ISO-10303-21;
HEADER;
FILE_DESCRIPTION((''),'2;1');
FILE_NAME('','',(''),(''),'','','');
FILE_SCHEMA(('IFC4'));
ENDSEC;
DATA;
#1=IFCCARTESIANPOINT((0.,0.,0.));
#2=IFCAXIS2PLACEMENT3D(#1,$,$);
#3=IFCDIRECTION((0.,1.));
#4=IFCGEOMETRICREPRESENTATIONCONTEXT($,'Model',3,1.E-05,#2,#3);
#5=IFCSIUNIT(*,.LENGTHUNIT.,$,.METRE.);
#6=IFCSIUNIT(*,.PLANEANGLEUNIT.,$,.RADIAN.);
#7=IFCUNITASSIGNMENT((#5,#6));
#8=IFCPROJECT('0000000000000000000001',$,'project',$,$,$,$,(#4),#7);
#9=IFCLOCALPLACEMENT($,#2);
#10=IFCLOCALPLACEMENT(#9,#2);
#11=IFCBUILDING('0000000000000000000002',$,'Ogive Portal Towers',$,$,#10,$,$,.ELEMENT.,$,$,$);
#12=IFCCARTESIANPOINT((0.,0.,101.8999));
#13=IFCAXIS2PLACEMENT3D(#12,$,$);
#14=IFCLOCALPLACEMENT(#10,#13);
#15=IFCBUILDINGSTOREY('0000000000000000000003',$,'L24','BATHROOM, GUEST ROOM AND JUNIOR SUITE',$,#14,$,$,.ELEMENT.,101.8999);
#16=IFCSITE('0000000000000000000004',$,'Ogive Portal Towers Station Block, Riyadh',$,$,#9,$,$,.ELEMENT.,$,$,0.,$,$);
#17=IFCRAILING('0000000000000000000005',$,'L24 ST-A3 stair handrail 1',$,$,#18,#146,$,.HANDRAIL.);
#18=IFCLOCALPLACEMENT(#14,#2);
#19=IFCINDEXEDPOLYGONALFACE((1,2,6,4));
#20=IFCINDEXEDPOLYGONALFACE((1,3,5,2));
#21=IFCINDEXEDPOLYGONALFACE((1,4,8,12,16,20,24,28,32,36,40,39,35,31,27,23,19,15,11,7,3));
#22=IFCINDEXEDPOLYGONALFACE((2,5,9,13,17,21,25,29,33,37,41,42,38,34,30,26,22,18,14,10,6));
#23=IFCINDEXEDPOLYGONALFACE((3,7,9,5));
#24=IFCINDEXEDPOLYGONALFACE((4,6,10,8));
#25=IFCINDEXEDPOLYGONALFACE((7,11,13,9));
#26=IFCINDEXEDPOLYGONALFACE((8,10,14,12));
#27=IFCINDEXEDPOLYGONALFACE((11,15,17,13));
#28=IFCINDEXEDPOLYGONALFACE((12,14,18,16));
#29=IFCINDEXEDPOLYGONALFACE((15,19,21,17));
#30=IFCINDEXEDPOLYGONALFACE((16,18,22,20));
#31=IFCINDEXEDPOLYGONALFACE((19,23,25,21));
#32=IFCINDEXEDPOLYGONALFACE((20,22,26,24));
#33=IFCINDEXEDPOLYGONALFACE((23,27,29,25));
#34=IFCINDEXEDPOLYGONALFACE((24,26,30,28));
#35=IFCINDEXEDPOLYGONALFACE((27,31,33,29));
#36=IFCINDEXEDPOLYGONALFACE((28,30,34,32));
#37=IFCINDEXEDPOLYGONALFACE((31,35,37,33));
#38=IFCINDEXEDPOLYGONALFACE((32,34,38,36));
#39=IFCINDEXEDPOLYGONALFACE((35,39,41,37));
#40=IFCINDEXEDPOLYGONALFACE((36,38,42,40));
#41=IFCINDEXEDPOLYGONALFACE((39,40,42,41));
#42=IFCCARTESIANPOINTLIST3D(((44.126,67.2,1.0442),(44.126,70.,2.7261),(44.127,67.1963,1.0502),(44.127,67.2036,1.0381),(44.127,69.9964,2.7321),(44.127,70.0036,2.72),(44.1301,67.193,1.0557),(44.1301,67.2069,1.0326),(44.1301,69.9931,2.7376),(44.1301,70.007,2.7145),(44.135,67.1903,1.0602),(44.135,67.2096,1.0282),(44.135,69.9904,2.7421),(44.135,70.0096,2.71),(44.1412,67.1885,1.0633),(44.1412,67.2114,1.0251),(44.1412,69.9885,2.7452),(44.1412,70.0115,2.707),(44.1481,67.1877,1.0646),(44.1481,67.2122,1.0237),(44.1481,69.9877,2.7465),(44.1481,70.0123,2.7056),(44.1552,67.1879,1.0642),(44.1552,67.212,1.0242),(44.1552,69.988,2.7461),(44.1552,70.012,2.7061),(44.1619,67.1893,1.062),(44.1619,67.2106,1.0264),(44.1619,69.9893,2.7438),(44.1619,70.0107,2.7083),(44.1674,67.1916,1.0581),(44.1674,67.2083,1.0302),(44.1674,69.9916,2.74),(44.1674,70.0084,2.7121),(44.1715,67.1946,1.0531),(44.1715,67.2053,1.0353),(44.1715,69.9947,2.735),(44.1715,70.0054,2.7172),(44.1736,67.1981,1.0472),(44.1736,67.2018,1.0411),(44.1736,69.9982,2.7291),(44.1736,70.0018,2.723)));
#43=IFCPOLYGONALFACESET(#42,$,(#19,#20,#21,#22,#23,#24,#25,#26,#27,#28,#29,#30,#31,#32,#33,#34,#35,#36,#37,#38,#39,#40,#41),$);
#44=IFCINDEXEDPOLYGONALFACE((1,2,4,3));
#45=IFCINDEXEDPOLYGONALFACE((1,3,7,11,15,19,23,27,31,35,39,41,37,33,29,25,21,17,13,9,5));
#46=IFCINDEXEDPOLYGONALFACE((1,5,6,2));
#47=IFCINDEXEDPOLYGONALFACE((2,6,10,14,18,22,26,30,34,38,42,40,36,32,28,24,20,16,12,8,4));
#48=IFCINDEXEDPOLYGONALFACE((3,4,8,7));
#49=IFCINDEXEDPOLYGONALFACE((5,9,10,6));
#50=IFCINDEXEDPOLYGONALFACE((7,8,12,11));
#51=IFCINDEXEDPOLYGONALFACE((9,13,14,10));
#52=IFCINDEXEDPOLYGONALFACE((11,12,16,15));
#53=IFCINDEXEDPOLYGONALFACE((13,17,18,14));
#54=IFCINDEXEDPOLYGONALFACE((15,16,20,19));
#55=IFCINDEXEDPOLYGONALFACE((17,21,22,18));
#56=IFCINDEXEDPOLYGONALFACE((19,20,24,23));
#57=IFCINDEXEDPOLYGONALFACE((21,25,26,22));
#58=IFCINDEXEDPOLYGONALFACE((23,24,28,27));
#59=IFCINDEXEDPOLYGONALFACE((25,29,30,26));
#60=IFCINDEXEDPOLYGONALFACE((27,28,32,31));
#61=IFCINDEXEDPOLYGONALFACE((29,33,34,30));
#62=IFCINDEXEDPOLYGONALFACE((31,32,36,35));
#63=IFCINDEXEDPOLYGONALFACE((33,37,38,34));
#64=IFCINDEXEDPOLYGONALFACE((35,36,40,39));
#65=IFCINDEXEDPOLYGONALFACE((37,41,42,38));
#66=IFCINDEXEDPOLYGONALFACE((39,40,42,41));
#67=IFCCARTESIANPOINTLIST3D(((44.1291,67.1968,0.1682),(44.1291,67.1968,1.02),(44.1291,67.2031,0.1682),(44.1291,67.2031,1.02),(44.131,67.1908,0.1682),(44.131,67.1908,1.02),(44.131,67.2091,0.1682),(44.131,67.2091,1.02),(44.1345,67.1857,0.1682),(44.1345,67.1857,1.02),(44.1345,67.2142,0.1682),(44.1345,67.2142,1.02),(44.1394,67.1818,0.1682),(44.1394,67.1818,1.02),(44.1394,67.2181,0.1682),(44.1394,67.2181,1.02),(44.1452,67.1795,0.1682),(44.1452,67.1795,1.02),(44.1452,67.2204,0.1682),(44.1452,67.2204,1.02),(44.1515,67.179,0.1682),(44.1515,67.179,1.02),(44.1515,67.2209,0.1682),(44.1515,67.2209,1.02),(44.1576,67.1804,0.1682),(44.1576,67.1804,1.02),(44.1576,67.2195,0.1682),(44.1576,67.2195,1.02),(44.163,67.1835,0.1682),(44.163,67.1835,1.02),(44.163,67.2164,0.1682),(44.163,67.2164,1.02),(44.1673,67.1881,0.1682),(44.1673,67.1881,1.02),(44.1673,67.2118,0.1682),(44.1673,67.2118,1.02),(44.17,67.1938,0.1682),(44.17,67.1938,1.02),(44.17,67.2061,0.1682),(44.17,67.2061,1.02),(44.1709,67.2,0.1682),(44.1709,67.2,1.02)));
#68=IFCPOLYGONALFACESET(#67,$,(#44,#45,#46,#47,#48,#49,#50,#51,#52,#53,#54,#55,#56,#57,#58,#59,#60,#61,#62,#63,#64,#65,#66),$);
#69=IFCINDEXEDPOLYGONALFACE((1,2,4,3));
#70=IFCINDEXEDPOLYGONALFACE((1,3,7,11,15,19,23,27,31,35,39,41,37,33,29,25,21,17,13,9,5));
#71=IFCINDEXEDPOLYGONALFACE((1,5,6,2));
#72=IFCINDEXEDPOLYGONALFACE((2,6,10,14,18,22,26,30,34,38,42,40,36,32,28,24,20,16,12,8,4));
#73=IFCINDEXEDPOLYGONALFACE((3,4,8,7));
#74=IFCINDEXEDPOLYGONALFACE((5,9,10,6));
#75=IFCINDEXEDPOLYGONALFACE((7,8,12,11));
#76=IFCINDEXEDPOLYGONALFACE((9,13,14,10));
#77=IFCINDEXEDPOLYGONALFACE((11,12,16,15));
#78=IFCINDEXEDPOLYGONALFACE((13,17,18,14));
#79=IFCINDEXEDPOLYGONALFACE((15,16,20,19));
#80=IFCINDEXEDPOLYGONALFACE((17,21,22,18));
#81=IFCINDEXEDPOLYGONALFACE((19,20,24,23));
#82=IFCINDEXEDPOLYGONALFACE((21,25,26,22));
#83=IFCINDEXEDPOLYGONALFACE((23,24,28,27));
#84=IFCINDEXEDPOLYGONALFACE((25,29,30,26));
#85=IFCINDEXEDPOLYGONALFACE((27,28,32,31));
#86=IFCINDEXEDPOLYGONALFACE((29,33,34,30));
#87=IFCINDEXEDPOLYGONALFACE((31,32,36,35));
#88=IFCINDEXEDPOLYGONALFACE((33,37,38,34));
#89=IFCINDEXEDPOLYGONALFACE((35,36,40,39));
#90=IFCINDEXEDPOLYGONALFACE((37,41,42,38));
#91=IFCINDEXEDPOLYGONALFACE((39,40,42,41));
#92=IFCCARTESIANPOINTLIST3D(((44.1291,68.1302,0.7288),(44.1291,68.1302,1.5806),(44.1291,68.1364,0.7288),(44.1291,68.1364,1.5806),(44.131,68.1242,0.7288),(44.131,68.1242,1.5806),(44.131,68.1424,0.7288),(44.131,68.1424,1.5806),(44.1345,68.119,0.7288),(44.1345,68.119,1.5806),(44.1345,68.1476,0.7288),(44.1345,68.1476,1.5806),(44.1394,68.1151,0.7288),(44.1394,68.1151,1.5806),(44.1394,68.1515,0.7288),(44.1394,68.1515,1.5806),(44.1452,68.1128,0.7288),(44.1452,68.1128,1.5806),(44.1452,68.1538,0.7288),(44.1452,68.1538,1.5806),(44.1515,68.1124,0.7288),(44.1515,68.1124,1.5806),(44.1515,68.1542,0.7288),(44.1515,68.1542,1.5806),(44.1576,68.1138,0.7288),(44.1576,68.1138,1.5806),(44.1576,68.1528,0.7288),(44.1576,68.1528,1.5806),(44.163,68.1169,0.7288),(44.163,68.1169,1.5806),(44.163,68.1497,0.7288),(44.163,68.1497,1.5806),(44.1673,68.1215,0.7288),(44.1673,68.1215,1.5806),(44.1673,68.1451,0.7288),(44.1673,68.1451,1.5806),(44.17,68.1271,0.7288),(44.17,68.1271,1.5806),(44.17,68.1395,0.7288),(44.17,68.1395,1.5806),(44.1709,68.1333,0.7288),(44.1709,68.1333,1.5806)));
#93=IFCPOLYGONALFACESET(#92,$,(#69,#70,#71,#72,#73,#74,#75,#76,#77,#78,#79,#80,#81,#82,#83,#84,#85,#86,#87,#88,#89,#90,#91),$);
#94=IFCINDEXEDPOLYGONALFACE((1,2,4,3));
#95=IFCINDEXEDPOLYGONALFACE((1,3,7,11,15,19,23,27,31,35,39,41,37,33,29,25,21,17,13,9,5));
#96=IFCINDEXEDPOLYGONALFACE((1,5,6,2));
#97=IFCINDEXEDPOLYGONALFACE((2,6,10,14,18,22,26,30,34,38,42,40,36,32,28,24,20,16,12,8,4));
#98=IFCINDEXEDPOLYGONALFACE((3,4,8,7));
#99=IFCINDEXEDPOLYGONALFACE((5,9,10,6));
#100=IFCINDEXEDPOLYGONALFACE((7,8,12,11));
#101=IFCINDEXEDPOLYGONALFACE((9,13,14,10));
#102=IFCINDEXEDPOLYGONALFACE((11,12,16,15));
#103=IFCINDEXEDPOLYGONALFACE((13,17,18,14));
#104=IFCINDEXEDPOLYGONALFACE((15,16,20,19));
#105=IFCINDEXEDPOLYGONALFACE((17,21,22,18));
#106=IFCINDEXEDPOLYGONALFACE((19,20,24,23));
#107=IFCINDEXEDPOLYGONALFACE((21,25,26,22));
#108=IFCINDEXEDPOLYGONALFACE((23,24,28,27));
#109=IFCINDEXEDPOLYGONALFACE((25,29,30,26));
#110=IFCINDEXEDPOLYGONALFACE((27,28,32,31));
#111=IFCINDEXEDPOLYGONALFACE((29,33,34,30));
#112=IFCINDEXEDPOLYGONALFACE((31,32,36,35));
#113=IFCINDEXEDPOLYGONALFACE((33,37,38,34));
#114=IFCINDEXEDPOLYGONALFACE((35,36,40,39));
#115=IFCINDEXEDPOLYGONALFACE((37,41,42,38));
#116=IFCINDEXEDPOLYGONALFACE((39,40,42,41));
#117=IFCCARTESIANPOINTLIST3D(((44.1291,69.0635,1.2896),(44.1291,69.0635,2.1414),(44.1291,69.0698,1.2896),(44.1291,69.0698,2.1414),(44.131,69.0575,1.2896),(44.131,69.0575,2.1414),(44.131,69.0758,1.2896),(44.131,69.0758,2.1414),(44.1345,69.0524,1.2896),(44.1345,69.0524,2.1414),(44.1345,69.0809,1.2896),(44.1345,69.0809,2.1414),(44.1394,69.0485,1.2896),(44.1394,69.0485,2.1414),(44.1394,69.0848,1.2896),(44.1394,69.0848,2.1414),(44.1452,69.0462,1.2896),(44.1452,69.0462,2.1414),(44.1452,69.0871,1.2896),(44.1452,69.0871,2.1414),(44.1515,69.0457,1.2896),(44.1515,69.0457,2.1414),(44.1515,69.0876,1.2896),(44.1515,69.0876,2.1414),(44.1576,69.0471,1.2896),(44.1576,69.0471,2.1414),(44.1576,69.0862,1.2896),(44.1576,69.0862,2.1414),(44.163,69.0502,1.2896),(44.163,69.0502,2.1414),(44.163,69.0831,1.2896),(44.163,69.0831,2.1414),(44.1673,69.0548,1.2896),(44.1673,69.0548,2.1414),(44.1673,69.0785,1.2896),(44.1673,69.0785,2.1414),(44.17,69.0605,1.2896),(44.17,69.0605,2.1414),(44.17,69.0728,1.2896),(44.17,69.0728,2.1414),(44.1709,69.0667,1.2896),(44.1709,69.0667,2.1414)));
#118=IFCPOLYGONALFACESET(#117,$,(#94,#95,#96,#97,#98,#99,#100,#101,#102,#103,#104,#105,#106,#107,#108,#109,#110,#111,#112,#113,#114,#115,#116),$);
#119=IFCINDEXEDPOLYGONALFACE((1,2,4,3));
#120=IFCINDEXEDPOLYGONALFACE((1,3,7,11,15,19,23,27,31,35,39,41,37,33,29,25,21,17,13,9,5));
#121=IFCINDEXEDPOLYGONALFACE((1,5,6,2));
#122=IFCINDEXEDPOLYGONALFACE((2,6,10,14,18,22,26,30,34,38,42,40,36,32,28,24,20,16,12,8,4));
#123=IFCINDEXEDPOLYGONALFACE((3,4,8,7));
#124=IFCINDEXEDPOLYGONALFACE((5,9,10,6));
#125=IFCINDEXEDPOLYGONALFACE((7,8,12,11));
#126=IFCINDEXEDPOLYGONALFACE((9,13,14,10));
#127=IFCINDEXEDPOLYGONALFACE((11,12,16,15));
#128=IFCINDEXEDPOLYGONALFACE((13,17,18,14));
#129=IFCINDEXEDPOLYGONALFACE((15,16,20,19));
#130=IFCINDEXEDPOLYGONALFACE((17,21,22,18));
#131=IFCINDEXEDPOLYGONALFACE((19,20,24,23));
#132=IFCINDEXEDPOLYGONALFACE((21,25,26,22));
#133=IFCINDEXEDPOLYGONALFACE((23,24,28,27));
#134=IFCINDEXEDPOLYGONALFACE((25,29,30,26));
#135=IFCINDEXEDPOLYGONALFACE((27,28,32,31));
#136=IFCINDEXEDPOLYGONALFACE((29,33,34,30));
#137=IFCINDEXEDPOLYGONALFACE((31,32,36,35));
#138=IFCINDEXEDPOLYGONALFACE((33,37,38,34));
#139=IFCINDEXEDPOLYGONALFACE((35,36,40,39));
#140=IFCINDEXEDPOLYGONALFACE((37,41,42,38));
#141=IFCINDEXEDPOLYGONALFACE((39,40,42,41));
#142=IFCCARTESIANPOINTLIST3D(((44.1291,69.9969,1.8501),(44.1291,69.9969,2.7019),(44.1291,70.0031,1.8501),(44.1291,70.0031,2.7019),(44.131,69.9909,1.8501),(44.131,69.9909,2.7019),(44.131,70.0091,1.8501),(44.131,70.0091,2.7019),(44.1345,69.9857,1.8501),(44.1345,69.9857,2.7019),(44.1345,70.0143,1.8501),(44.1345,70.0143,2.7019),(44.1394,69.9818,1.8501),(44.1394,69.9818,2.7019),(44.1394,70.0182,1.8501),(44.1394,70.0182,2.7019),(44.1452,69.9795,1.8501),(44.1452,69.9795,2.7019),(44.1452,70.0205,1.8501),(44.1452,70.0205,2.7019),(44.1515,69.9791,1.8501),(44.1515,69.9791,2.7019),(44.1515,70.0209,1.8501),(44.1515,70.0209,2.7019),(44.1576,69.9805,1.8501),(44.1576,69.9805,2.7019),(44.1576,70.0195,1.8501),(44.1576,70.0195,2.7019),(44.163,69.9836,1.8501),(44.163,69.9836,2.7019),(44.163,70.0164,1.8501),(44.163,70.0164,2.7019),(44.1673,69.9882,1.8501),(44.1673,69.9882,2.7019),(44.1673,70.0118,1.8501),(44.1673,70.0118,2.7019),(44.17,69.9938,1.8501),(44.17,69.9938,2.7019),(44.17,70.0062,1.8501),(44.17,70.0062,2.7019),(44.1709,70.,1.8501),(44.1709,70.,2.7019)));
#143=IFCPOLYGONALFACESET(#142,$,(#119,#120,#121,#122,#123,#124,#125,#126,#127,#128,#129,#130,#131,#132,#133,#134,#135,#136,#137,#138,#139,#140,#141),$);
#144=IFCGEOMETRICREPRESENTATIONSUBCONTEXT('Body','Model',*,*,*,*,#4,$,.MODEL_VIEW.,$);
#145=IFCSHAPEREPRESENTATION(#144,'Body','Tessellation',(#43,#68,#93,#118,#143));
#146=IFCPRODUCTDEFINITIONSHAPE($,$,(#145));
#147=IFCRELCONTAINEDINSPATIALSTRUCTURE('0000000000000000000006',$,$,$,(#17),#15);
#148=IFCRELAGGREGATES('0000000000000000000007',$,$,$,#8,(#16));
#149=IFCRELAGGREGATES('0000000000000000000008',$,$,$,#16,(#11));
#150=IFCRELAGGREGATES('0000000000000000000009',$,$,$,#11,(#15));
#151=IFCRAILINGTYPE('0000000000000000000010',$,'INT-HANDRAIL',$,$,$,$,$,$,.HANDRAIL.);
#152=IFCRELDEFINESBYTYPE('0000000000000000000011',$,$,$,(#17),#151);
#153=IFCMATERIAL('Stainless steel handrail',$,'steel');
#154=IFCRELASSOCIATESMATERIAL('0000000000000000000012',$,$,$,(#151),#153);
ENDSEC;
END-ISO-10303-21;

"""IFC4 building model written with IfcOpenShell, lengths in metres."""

from ifc_helpers import new_model, si_unit, direction, frame, origin, origin_2d, place, context, subcontext, project, spatial, circle, extrude, material, type_object, element, save


model = new_model("IFC4")

# Units and contexts
model_context = context("Model", 3, precision=1e-05, world=origin(), true_north=direction((0.0, 1.0)))
body_context = subcontext(model_context, "Body", "Model", "MODEL_VIEW")
ifc_project = project(units=[si_unit("LENGTHUNIT", "METRE"), si_unit("PLANEANGLEUNIT", "RADIAN")], contexts=[model_context])

# Site, building, storey
site_placement = place(None, origin())
site = spatial("IfcSite", under=ifc_project, at=site_placement, Name="Ogive Portal Towers Station Block, Riyadh", CompositionType="ELEMENT", RefElevation=0.0)
building_placement = place(site_placement, origin())
building = spatial("IfcBuilding", under=site, at=building_placement, Name="Ogive Portal Towers", CompositionType="ELEMENT")
storey_placement = place(building_placement, frame((0.0, 0.0, 101.8999)))
storey = spatial("IfcBuildingStorey", under=building, at=storey_placement, Name="L24", Description="BATHROOM, GUEST ROOM AND JUNIOR SUITE", CompositionType="ELEMENT", Elevation=101.8999)

# Railing
ifc_material_1 = material(Name="Stainless steel handrail", Category="steel")
railing_type_1 = type_object("IfcRailingType", Name="INT-HANDRAIL", PredefinedType="HANDRAIL", material=ifc_material_1)
railing_1_placement = place(storey_placement, frame((44.1499, 67.2, 0.1682)))
element("IfcRailing", 1, at=railing_1_placement, inside=storey, type_object=railing_type_1, Name="L24 ST-A3 stair handrail 1", PredefinedType="HANDRAIL", context=body_context, shape_type="SweptSolid", body=[
    extrude(circle(Radius=0.0239, at=origin_2d()), frame((0.0, 0.0, 0.876), z_axis=(0.0, 0.857242, 0.514913), x_axis=(-1.0, 0.0, 0.0)), (0.0, 0.0, 1.0), 3.2664),
    extrude(circle(Radius=0.021, at=origin_2d()), origin(), (0.0, 0.0, 1.0), 0.8518),
    extrude(circle(Radius=0.021, at=origin_2d()), frame((0.0, 0.9333, 0.5605)), (0.0, 0.0, 1.0), 0.8518),
    extrude(circle(Radius=0.021, at=origin_2d()), frame((0.0, 1.8667, 1.1213)), (0.0, 0.0, 1.0), 0.8518),
    extrude(circle(Radius=0.021, at=origin_2d()), frame((0.0, 2.8, 1.6819)), (0.0, 0.0, 1.0), 0.8518),
])

save(model, "model.ifc")
